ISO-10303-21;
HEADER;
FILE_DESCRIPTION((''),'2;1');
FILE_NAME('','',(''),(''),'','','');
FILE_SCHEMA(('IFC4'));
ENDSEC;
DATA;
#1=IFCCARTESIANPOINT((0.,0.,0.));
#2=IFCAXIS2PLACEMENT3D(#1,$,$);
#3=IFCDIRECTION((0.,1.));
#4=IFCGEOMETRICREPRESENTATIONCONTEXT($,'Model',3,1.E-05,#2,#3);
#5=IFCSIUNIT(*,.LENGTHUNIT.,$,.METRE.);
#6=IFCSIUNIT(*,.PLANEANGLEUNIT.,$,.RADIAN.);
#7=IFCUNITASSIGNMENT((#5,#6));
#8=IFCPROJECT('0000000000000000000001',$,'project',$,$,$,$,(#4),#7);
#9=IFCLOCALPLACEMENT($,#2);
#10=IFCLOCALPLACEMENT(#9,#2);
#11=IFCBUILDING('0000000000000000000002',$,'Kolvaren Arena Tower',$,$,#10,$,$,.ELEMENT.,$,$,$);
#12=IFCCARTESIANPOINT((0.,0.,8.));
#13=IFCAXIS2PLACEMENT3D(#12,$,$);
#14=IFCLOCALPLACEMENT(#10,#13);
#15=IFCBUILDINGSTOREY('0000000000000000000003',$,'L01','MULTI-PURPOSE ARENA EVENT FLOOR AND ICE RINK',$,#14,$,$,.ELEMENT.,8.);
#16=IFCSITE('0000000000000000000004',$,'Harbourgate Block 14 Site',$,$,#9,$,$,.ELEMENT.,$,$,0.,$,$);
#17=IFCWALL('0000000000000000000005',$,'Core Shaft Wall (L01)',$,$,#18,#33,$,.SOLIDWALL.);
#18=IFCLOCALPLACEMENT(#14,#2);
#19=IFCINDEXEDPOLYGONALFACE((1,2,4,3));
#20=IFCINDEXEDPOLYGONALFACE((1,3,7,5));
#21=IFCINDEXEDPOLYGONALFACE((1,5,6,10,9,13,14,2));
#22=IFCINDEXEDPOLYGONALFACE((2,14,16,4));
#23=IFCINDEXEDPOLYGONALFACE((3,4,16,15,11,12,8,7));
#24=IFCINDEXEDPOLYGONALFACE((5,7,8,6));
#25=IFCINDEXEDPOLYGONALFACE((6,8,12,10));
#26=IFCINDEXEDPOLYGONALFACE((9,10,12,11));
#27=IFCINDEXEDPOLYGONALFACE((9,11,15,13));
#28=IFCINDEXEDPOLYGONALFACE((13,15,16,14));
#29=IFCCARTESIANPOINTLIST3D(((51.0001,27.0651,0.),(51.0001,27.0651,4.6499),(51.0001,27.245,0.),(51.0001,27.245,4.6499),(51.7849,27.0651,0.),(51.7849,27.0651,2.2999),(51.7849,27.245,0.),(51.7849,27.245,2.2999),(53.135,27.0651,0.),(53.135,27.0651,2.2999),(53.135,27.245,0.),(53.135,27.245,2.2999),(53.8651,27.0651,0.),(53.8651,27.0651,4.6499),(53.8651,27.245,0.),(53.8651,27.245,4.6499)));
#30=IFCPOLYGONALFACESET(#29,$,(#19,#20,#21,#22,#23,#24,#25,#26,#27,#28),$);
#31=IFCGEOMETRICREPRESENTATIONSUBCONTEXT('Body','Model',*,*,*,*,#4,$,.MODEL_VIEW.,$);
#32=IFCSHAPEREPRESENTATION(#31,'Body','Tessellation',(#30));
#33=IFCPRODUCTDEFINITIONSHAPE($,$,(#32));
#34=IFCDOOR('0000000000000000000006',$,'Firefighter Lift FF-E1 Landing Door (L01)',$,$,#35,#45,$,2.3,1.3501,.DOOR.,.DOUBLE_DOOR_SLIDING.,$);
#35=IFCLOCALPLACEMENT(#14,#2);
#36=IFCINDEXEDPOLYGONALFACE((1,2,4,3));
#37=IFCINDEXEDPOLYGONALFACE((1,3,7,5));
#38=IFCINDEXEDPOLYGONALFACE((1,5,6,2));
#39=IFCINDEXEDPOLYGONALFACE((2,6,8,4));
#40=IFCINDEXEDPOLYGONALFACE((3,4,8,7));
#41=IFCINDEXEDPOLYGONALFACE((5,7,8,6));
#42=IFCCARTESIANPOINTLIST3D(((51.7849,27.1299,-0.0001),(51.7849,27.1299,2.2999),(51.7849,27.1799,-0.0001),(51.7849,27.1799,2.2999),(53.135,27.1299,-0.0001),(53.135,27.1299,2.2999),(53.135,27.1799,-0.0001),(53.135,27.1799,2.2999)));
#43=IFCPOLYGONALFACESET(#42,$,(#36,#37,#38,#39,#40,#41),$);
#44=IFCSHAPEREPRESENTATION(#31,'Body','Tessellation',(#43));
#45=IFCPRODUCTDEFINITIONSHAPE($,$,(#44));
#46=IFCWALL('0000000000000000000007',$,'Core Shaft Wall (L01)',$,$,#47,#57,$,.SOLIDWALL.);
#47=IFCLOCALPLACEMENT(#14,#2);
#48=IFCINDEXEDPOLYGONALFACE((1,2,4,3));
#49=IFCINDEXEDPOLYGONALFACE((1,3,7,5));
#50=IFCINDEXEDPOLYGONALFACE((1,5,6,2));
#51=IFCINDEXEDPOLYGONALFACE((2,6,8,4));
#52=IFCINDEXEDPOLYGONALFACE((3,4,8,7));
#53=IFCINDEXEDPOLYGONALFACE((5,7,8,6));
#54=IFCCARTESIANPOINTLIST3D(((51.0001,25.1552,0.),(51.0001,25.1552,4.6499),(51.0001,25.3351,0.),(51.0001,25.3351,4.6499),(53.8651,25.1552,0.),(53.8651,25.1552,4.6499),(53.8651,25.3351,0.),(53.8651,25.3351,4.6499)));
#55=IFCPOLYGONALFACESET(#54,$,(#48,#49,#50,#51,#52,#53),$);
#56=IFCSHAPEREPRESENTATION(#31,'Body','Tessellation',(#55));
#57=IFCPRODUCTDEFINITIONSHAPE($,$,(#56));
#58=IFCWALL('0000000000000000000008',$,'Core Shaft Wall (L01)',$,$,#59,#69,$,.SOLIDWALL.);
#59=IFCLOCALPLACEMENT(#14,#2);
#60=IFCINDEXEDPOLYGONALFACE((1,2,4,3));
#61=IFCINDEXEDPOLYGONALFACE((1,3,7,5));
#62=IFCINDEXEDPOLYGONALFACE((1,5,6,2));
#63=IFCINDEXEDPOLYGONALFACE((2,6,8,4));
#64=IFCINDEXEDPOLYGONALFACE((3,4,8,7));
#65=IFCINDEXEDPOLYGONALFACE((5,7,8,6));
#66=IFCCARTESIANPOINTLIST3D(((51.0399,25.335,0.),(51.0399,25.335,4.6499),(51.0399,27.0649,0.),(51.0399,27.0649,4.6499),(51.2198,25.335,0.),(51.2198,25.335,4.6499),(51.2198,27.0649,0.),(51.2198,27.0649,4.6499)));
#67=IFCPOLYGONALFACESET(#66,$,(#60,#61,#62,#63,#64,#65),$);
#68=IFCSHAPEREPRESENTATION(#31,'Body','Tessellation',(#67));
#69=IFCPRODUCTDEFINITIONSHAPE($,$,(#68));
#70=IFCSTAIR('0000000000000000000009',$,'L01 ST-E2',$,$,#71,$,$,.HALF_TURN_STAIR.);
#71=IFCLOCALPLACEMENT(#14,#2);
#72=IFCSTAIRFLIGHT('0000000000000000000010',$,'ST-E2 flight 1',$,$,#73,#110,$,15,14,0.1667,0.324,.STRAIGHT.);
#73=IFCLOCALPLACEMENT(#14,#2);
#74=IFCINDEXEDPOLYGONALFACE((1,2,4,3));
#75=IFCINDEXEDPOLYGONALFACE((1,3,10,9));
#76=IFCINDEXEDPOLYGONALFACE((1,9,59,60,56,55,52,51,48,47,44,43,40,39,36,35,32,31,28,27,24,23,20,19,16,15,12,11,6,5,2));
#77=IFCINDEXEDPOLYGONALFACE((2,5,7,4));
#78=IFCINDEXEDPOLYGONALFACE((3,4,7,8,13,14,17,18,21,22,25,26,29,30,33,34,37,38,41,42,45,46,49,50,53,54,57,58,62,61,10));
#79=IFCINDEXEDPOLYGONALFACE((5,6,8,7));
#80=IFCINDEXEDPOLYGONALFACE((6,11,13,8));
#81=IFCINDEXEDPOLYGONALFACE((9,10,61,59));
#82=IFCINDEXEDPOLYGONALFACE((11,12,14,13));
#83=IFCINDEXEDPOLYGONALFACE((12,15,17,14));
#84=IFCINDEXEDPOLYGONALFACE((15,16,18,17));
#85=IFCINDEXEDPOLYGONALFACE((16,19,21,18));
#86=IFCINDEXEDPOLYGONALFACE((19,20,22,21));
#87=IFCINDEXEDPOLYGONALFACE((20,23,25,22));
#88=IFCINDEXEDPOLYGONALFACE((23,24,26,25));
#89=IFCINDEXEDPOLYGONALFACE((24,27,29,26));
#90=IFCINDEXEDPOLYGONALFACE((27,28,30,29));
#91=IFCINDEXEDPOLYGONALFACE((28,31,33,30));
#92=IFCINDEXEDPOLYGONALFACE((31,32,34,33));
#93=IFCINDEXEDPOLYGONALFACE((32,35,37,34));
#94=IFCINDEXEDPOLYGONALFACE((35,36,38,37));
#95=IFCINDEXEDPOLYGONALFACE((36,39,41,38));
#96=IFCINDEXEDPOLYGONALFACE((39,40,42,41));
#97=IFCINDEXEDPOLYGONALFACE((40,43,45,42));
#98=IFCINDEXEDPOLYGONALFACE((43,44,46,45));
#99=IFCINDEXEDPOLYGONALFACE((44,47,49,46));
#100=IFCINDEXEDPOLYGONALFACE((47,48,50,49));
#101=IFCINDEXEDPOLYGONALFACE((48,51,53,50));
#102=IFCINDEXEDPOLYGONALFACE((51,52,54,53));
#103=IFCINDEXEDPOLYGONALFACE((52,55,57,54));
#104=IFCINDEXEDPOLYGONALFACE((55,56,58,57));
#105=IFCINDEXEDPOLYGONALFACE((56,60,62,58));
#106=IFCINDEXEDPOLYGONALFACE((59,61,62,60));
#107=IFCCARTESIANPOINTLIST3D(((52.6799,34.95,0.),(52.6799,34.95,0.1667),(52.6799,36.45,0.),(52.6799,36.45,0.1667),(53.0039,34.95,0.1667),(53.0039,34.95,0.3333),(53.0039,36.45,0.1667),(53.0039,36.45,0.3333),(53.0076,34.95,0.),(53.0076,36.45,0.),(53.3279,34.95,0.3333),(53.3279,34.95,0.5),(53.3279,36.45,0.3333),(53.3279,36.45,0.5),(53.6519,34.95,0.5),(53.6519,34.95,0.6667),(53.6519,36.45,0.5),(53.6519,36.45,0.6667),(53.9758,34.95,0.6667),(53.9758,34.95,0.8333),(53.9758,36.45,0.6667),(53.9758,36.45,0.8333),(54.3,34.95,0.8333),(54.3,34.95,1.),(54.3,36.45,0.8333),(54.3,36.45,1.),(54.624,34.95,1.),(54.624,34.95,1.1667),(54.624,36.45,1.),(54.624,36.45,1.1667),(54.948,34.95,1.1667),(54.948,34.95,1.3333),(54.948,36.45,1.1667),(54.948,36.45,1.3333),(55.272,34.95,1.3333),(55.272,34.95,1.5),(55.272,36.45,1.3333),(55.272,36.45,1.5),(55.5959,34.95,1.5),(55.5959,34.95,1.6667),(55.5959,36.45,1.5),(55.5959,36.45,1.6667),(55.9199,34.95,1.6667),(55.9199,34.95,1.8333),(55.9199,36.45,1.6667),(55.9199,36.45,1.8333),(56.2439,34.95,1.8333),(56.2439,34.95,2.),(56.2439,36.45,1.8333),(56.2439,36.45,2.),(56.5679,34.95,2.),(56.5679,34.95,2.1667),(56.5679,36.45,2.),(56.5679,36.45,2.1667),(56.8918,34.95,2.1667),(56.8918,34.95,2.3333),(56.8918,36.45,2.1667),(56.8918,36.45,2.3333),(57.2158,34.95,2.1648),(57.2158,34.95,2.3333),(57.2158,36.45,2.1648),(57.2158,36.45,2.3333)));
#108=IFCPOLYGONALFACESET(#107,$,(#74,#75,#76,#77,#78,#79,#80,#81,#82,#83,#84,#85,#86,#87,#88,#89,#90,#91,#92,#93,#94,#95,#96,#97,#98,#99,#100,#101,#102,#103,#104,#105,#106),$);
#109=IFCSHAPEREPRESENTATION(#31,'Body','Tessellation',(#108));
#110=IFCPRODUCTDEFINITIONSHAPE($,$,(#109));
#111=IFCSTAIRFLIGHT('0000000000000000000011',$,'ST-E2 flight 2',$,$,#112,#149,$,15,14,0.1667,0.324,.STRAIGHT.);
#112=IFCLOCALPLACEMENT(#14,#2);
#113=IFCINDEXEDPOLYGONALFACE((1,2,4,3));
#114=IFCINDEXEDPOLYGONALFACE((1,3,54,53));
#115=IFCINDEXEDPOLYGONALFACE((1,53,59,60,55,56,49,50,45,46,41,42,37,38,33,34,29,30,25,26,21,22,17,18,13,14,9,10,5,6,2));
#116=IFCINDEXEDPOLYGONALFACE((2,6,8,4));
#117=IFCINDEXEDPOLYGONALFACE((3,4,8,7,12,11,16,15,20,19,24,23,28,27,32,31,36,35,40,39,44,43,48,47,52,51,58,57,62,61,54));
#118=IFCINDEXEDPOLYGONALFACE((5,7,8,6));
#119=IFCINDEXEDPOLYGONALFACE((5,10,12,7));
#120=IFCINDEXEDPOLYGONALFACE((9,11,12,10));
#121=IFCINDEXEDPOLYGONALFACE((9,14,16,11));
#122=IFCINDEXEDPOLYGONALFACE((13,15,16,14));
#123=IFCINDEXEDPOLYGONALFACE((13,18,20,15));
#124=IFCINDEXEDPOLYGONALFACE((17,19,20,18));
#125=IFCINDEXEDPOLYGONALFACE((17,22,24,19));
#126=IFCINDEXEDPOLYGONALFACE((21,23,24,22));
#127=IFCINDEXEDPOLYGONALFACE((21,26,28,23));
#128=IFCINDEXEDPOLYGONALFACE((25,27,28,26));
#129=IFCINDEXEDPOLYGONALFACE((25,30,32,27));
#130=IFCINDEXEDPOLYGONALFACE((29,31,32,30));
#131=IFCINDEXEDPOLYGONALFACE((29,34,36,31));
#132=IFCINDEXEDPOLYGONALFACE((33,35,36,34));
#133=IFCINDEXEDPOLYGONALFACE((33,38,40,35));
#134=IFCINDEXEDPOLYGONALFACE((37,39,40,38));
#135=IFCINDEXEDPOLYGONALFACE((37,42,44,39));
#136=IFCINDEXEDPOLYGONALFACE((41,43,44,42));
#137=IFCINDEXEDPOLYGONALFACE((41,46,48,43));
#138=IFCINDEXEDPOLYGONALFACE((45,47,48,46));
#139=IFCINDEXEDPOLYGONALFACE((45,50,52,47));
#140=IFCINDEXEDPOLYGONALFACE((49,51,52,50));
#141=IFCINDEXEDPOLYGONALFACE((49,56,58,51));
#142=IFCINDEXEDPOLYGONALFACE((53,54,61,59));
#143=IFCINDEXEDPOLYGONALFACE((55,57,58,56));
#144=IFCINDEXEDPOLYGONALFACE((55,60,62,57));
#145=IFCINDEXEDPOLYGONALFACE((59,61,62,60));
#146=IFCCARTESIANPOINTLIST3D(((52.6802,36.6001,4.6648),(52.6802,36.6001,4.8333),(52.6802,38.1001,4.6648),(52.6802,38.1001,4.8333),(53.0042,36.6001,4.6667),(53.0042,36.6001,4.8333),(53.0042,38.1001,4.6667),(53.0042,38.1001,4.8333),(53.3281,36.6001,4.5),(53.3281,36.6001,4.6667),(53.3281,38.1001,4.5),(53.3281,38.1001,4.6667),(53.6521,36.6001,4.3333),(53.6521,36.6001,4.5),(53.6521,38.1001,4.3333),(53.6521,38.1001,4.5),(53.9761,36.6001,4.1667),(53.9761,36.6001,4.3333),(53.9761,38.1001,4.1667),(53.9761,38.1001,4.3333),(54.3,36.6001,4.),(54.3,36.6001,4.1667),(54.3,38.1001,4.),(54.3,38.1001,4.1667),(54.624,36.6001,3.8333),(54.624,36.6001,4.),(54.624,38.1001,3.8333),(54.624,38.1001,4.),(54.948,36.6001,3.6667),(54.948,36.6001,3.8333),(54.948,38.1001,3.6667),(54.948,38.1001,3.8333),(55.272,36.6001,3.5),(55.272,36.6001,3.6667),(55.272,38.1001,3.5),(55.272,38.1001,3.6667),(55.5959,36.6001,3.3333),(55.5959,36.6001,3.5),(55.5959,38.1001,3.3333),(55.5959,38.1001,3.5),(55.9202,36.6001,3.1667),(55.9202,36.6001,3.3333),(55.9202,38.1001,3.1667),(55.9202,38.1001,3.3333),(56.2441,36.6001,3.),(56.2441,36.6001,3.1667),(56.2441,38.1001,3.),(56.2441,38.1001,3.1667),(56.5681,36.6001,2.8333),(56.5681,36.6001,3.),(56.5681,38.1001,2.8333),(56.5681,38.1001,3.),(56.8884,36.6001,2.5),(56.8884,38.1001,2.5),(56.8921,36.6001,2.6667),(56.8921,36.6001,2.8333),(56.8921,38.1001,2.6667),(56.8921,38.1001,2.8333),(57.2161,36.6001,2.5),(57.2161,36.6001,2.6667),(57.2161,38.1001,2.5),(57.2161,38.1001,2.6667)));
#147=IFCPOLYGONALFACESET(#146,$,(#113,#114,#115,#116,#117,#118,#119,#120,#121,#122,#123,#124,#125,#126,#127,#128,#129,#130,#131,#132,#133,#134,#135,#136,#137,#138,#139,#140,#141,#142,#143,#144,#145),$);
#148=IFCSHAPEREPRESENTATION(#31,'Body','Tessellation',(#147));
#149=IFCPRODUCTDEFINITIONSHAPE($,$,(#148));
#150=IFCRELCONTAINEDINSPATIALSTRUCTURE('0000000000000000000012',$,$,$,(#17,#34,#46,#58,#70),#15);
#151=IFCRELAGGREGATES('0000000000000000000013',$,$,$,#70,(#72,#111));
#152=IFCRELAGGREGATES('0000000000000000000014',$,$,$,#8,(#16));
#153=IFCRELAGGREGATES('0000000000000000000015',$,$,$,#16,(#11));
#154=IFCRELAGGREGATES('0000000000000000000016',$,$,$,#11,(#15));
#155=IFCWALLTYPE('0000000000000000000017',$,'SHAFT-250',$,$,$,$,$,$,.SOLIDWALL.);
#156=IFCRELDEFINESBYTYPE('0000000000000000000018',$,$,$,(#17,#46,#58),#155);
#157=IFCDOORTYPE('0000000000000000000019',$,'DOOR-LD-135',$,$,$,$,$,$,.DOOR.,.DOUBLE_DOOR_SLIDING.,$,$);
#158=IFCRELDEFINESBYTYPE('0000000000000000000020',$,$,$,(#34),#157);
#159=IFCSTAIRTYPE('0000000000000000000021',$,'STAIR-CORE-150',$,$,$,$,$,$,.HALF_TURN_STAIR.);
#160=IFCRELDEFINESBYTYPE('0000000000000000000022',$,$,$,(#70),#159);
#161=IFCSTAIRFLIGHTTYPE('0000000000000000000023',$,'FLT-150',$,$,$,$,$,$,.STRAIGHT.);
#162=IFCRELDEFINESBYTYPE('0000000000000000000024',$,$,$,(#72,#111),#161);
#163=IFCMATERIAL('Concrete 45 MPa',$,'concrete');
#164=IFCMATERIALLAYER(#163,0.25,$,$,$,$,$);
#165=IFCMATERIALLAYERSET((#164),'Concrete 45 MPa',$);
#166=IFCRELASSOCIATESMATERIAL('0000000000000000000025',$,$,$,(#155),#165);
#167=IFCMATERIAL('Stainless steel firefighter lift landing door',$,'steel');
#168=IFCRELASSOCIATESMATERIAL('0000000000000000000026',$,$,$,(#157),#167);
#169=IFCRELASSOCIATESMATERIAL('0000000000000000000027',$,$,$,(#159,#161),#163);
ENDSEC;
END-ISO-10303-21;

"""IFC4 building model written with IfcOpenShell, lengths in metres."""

from ifc_helpers import new_model, si_unit, direction, frame, frame_2d, origin, place, context, subcontext, project, spatial, polyline, rectangle, outline, extrude, material, layer, layer_set, type_object, element, fill, aggregate, save


model = new_model("IFC4")

# Units and contexts
model_context = context("Model", 3, precision=1e-05, world=origin(), true_north=direction((0.0, 1.0)))
body_context = subcontext(model_context, "Body", "Model", "MODEL_VIEW")
ifc_project = project(units=[si_unit("LENGTHUNIT", "METRE"), si_unit("PLANEANGLEUNIT", "RADIAN")], contexts=[model_context])

# Site, building, storey
site_placement = place(None, origin())
site = spatial("IfcSite", under=ifc_project, at=site_placement, Name="Harbourgate Block 14 Site", CompositionType="ELEMENT", RefElevation=0.0)
building_placement = place(site_placement, origin())
building = spatial("IfcBuilding", under=site, at=building_placement, Name="Kolvaren Arena Tower", CompositionType="ELEMENT")
storey_placement = place(building_placement, frame((0.0, 0.0, 8.0)))
storey = spatial("IfcBuildingStorey", under=building, at=storey_placement, Name="L01", Description="MULTI-PURPOSE ARENA EVENT FLOOR AND ICE RINK", CompositionType="ELEMENT", Elevation=8.0)

# Shared definitions
ifc_material_1 = material(Name="Concrete 45 MPa", Category="concrete")
ifc_layer = layer(ifc_material_1, 0.25)
ifc_layer_set = layer_set([ifc_layer], Name="Concrete 45 MPa")
wall_type = type_object("IfcWallType", Name="SHAFT-250", PredefinedType="SOLIDWALL", material=ifc_layer_set)

# Wall, opening, door
wall_1_placement = place(storey_placement, frame((51.0, 27.155, 0.0), z_axis=(0.0, 0.0, 1.0), x_axis=(1.0, 0.0, 0.0)))
wall_1 = element("IfcWall", 1, at=wall_1_placement, inside=storey, type_object=wall_type, Name="Core Shaft Wall (L01)", PredefinedType="SOLIDWALL", context=body_context, shape_type="SweptSolid", body=[
    extrude(rectangle(XDim=2.865, YDim=0.1799, at=frame_2d((1.4326, 0.0))), origin(), (0.0, 0.0, 1.0), 4.6499),
])
opening_placement = place(wall_1_placement, frame((0.7849, 0.0, 0.0)))
opening = element("IfcOpeningElement", 2, at=opening_placement, cuts=wall_1, PredefinedType="OPENING", context=body_context, shape_type="SweptSolid", body=[
    extrude(rectangle(XDim=1.3501, YDim=2.3, at=frame_2d((0.675, 1.1499))), frame((0.0, 0.0999, 0.0), z_axis=(0.0, -1.0, 0.0), x_axis=(1.0, 0.0, 0.0)), (0.0, 0.0, 1.0), 0.2),
])
ifc_material_2 = material(Name="Stainless steel firefighter lift landing door", Category="steel")
door_type = type_object("IfcDoorType", Name="DOOR-LD-135", OperationType="DOUBLE_DOOR_SLIDING", PredefinedType="DOOR", material=ifc_material_2)
door_placement = place(opening_placement, origin())
door = element("IfcDoor", 3, at=door_placement, inside=storey, type_object=door_type, Name="Firefighter Lift FF-E1 Landing Door (L01)", OperationType="DOUBLE_DOOR_SLIDING", OverallHeight=2.3, OverallWidth=1.3501, PredefinedType="DOOR", context=body_context, shape_type="SweptSolid", body=[
    extrude(rectangle(XDim=1.3501, YDim=2.3, at=frame_2d((0.675, 1.1499))), frame((0.0, 0.0249, 0.0), z_axis=(0.0, -1.0, 0.0), x_axis=(1.0, 0.0, 0.0)), (0.0, 0.0, 1.0), 0.05),
])
fill(opening, door)

# Walls
wall_2_placement = place(storey_placement, frame((51.0, 25.2451, 0.0), z_axis=(0.0, 0.0, 1.0), x_axis=(1.0, 0.0, 0.0)))
element("IfcWall", 4, at=wall_2_placement, inside=storey, type_object=wall_type, Name="Core Shaft Wall (L01)", PredefinedType="SOLIDWALL", context=body_context, shape_type="SweptSolid", body=[
    extrude(rectangle(XDim=2.865, YDim=0.1799, at=frame_2d((1.4326, 0.0))), origin(), (0.0, 0.0, 1.0), 4.6499),
])
wall_3_placement = place(storey_placement, frame((51.1299, 25.335, 0.0), z_axis=(0.0, 0.0, 1.0), x_axis=(0.0, 1.0, 0.0)))
element("IfcWall", 5, at=wall_3_placement, inside=storey, type_object=wall_type, Name="Core Shaft Wall (L01)", PredefinedType="SOLIDWALL", context=body_context, shape_type="SweptSolid", body=[
    extrude(rectangle(XDim=1.73, YDim=0.1799, at=frame_2d((0.865, 0.0))), origin(), (0.0, 0.0, 1.0), 4.6499),
])

# Stair, stair flights
stair_type_1 = type_object("IfcStairType", Name="STAIR-CORE-150", PredefinedType="HALF_TURN_STAIR", material=ifc_material_1)
stair_1_placement = place(storey_placement, origin())
stair_1 = element("IfcStair", 6, at=stair_1_placement, inside=storey, type_object=stair_type_1, Name="L01 ST-E2", PredefinedType="HALF_TURN_STAIR")
stair_flight_type_1 = type_object("IfcStairFlightType", Name="FLT-150", PredefinedType="STRAIGHT", material=ifc_material_1)
stair_flight_1_placement = place(storey_placement, frame((52.6799, 35.7, 0.0), z_axis=(0.0, 0.0, 1.0), x_axis=(1.0, 0.0, 0.0)))
stair_flight_1 = element("IfcStairFlight", 7, at=stair_flight_1_placement, type_object=stair_flight_type_1, Name="ST-E2 flight 1", NumberOfRisers=15, NumberOfTreads=14, PredefinedType="STRAIGHT", RiserHeight=0.1667, TreadLength=0.324, context=body_context, shape_type="SweptSolid", body=[
    extrude(outline(polyline([(0.0, 0.0), (0.0, 0.1667), (0.324, 0.1667), (0.324, 0.3333), (0.6479, 0.3333), (0.6479, 0.5), (0.9719, 0.5), (0.9719, 0.6667), (1.2959, 0.6667), (1.2959, 0.8333), (1.6201, 0.8333), (1.6201, 1.0), (1.9441, 1.0), (1.9441, 1.1667), (2.2681, 1.1667), (2.2681, 1.3333), (2.592, 1.3333), (2.592, 1.5), (2.916, 1.5), (2.916, 1.6667), (3.24, 1.6667), (3.24, 1.8333), (3.564, 1.8333), (3.564, 2.0), (3.8879, 2.0), (3.8879, 2.1667), (4.2119, 2.1667), (4.2119, 2.3333), (4.5359, 2.3333), (4.5359, 2.5), (4.5359, 2.1648), (0.3276, 0.0), (0.0, 0.0)])), frame((0.0, 0.75, 0.0), z_axis=(0.0, -1.0, 0.0), x_axis=(1.0, 0.0, 0.0)), (0.0, 0.0, 1.0), 1.5),
])
stair_flight_2_placement = place(storey_placement, frame((57.2161, 37.3501, 2.5), z_axis=(0.0, 0.0, 1.0), x_axis=(-1.0, 0.0, 0.0)))
stair_flight_2 = element("IfcStairFlight", 8, at=stair_flight_2_placement, type_object=stair_flight_type_1, Name="ST-E2 flight 2", NumberOfRisers=15, NumberOfTreads=14, PredefinedType="STRAIGHT", RiserHeight=0.1667, TreadLength=0.324, context=body_context, shape_type="SweptSolid", body=[
    extrude(outline(polyline([(0.0, 0.0), (0.0, 0.1667), (0.324, 0.1667), (0.324, 0.3333), (0.6479, 0.3333), (0.6479, 0.5), (0.9719, 0.5), (0.9719, 0.6667), (1.2959, 0.6667), (1.2959, 0.8333), (1.6201, 0.8333), (1.6201, 1.0), (1.9441, 1.0), (1.9441, 1.1667), (2.2681, 1.1667), (2.2681, 1.3333), (2.592, 1.3333), (2.592, 1.5), (2.916, 1.5), (2.916, 1.6667), (3.24, 1.6667), (3.24, 1.8333), (3.564, 1.8333), (3.564, 2.0), (3.8879, 2.0), (3.8879, 2.1667), (4.2119, 2.1667), (4.2119, 2.3333), (4.5359, 2.3333), (4.5359, 2.5), (4.5359, 2.1648), (0.3276, 0.0), (0.0, 0.0)])), frame((0.0, 0.75, 0.0), z_axis=(0.0, -1.0, 0.0), x_axis=(1.0, 0.0, 0.0)), (0.0, 0.0, 1.0), 1.5),
])
aggregate(stair_1, [stair_flight_1, stair_flight_2])

save(model, "model.ifc")
